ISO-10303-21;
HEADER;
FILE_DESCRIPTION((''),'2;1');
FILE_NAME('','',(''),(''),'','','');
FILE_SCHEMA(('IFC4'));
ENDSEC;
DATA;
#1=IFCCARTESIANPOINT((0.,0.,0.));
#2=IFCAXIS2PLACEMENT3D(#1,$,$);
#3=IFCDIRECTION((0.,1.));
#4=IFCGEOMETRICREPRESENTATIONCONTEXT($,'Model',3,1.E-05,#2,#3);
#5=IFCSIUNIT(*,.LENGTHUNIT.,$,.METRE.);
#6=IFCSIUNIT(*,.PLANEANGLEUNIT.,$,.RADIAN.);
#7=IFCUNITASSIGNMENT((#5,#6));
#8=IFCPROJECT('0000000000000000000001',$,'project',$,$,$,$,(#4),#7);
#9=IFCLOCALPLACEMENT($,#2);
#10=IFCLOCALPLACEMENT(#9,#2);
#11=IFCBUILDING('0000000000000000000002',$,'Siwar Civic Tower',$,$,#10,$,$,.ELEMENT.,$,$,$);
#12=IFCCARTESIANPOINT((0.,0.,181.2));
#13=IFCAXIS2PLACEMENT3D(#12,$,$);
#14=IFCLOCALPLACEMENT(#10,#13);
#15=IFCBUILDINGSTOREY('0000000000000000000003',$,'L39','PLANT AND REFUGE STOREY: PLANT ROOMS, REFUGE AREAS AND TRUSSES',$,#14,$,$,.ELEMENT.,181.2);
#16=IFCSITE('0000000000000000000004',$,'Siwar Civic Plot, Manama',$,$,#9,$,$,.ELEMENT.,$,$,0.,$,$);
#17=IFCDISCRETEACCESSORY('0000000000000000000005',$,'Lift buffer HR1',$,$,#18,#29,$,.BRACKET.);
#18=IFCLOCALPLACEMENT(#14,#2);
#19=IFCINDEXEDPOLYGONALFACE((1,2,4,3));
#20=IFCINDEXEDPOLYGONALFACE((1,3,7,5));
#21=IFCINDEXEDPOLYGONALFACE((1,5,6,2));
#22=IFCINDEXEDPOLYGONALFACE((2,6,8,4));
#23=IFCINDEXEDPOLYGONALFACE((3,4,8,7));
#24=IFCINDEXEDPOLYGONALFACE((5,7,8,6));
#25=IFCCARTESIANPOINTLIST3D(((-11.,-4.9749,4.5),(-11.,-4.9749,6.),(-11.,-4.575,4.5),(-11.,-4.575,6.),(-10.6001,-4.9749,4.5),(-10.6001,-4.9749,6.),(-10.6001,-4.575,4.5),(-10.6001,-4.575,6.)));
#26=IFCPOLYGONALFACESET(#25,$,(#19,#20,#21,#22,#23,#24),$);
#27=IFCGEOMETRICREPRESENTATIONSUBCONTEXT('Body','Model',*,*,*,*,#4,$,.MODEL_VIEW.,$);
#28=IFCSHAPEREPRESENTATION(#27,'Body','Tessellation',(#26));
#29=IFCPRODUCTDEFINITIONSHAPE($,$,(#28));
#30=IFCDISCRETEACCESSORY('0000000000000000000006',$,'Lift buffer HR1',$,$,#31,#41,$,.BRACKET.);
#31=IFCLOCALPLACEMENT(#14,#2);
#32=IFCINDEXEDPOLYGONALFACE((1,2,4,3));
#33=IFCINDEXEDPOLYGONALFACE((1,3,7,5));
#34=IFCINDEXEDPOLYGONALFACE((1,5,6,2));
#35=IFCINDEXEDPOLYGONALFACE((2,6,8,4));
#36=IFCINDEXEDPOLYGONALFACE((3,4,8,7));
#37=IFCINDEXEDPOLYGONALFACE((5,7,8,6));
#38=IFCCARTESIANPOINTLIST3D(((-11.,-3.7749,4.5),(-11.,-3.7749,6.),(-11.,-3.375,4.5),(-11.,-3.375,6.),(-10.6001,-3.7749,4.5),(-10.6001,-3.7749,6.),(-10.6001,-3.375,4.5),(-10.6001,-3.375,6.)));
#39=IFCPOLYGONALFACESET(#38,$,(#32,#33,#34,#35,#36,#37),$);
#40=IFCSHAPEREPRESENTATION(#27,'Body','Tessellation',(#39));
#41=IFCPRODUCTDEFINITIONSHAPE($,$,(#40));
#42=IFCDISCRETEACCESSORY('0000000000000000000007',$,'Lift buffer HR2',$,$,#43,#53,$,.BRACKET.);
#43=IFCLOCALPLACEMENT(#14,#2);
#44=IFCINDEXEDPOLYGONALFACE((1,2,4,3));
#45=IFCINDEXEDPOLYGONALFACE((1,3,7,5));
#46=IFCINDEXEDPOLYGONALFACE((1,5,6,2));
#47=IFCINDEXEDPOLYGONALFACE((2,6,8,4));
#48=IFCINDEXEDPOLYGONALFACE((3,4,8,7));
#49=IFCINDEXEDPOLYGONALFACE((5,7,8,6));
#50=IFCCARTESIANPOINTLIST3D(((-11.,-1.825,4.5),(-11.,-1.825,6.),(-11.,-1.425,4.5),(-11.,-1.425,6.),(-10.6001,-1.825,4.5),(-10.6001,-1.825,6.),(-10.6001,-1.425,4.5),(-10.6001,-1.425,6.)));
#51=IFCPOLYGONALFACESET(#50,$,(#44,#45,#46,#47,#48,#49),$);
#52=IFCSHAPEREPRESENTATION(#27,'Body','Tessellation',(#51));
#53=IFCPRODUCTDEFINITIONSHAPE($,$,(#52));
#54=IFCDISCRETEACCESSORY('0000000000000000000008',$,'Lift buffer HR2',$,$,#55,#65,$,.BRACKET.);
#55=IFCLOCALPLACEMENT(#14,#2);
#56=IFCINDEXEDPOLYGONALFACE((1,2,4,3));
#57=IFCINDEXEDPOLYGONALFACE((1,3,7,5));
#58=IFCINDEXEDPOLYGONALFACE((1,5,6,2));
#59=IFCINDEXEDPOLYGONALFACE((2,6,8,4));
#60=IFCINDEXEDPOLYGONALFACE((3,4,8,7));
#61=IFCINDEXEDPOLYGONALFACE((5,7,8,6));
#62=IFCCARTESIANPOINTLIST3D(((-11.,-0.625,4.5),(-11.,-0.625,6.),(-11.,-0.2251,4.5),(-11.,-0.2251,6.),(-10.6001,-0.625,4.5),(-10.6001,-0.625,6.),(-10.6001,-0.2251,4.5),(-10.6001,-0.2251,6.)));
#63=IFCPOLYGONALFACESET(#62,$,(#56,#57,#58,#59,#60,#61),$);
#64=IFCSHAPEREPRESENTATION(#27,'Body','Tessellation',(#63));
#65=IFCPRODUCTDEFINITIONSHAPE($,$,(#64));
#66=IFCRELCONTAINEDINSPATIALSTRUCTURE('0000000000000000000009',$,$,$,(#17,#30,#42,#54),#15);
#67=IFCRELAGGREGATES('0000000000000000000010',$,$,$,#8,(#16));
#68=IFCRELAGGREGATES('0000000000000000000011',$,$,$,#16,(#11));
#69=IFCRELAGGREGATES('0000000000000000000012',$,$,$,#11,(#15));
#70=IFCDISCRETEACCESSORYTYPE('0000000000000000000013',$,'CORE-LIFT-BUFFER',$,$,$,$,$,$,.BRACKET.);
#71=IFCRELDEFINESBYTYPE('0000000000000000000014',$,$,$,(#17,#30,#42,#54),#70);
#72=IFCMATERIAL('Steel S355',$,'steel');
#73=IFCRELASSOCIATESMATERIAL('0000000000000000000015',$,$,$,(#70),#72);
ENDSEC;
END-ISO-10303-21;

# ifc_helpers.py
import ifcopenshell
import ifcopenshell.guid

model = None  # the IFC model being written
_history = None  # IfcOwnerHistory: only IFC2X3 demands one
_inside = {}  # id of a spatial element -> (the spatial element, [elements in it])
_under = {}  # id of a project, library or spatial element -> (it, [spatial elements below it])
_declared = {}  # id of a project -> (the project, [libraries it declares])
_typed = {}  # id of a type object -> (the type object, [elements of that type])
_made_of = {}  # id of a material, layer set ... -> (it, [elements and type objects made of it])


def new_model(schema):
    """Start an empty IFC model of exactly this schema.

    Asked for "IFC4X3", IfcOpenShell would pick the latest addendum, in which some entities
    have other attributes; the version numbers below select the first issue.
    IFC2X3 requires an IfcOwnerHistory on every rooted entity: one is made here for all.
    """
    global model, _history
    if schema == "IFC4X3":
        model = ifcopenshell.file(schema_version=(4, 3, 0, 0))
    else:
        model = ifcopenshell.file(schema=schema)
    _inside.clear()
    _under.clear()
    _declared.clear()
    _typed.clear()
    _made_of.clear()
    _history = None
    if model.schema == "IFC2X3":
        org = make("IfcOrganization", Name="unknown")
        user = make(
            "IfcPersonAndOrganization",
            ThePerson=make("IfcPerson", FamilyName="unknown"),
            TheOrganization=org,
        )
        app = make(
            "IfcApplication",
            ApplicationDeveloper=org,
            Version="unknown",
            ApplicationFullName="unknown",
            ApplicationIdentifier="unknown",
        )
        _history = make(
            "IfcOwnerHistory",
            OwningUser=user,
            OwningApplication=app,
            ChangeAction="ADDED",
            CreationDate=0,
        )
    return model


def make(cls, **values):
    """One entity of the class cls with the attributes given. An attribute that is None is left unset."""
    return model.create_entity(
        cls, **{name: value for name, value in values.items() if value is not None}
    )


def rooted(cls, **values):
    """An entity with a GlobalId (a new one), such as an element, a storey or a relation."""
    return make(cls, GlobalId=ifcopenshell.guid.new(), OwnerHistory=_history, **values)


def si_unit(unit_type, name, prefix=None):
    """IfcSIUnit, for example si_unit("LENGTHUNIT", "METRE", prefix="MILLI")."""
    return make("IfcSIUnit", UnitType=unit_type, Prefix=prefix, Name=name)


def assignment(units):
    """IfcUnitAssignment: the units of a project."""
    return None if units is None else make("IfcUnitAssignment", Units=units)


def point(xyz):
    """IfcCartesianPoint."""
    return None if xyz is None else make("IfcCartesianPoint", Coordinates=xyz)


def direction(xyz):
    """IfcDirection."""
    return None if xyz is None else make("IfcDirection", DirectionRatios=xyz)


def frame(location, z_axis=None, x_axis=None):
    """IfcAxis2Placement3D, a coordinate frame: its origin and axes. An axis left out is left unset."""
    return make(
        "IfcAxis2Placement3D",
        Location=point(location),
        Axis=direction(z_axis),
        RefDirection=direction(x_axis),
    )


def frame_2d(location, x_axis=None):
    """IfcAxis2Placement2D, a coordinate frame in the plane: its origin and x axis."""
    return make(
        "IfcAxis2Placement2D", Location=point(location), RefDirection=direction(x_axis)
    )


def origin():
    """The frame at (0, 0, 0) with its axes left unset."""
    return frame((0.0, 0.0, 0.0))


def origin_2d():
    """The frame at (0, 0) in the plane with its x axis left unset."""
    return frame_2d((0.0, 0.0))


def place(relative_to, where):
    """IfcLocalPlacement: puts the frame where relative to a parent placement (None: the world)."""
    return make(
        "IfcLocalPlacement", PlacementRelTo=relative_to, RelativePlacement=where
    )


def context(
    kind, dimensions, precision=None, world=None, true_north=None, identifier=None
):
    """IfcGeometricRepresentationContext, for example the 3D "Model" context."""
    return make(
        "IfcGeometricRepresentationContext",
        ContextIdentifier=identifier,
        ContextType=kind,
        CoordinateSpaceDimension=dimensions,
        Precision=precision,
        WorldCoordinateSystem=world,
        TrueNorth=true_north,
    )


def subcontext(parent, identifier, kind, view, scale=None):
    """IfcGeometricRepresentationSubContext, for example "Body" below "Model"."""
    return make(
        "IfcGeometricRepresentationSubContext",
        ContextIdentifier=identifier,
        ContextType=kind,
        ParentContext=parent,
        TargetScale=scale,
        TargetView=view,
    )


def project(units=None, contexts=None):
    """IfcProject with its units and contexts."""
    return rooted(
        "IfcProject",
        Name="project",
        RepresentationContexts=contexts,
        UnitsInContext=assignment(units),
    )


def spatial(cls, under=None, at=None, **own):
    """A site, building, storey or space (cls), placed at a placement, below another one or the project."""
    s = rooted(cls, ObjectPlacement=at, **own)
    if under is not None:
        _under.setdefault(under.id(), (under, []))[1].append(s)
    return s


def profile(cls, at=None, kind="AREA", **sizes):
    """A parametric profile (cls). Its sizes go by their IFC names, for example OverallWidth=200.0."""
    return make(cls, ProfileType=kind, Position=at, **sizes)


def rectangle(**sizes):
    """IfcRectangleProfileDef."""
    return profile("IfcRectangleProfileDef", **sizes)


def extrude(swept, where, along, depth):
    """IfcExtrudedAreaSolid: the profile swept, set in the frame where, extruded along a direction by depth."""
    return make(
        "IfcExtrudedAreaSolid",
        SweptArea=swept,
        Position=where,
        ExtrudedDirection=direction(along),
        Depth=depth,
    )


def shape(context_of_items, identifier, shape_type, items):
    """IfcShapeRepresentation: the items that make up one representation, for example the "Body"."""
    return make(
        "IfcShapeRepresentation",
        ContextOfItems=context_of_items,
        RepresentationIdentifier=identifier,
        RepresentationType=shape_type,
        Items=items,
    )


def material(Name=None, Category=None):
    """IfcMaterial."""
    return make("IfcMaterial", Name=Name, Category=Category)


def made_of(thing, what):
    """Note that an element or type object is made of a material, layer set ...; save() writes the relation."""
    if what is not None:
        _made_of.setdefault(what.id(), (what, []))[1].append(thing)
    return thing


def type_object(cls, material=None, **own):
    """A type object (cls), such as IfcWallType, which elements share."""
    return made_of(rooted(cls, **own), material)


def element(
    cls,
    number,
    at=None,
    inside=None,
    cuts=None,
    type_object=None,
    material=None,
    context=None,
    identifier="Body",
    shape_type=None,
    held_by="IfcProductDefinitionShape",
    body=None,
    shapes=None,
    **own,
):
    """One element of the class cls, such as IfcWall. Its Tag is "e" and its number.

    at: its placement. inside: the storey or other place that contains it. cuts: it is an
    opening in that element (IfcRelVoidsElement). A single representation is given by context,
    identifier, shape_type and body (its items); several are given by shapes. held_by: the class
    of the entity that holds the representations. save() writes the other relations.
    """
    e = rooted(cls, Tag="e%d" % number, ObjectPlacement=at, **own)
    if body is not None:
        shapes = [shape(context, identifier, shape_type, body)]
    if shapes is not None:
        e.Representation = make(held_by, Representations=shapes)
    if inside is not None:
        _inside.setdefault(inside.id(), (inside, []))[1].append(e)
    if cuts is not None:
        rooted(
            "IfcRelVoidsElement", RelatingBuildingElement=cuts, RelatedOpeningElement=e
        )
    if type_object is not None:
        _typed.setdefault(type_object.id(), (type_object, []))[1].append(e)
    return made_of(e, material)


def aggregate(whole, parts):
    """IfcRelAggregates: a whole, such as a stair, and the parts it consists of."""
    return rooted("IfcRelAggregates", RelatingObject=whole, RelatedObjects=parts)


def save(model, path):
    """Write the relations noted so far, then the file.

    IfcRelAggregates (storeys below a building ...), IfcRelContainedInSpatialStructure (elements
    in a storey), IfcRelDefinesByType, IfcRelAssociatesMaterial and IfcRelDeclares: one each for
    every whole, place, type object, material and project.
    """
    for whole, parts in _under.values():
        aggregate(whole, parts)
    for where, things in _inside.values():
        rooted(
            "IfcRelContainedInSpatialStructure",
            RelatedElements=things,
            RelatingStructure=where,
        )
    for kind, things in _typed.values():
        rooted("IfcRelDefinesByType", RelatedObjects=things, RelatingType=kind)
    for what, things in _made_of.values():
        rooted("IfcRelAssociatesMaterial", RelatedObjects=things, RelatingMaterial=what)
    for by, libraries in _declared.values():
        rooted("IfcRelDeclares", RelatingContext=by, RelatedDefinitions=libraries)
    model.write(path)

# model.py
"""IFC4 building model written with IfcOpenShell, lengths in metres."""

from ifc_helpers import new_model, si_unit, direction, frame, origin, origin_2d, place, context, subcontext, project, spatial, rectangle, extrude, material, type_object, element, save


model = new_model("IFC4")

# Units and contexts
model_context = context("Model", 3, precision=1e-05, world=origin(), true_north=direction((0.0, 1.0)))
body_context = subcontext(model_context, "Body", "Model", "MODEL_VIEW")
ifc_project = project(units=[si_unit("LENGTHUNIT", "METRE"), si_unit("PLANEANGLEUNIT", "RADIAN")], contexts=[model_context])

# Site, building, storey
site_placement = place(None, origin())
site = spatial("IfcSite", under=ifc_project, at=site_placement, Name="Siwar Civic Plot, Manama", CompositionType="ELEMENT", RefElevation=0.0)
building_placement = place(site_placement, origin())
building = spatial("IfcBuilding", under=site, at=building_placement, Name="Siwar Civic Tower", CompositionType="ELEMENT")
storey_placement = place(building_placement, frame((0.0, 0.0, 181.2)))
storey = spatial("IfcBuildingStorey", under=building, at=storey_placement, Name="L39", Description="PLANT AND REFUGE STOREY: PLANT ROOMS, REFUGE AREAS AND TRUSSES", CompositionType="ELEMENT", Elevation=181.2)

# Discrete accessories
ifc_material_1 = material(Name="Steel S355", Category="steel")
discrete_accessory_type = type_object("IfcDiscreteAccessoryType", Name="CORE-LIFT-BUFFER", PredefinedType="BRACKET", material=ifc_material_1)
for number, where, z_axis, x_axis, name in (
    (1, (-10.8, -4.7749, 4.5), (0.0, 0.0, 1.0), (1.0, 0.0, 0.0), "Lift buffer HR1"),
    (2, (-10.8, -3.575, 4.5), (0.0, 0.0, 1.0), (1.0, 0.0, 0.0), "Lift buffer HR1"),
    (3, (-10.8, -1.625, 4.5), (0.0, 0.0, 1.0), (1.0, 0.0, 0.0), "Lift buffer HR2"),
    (4, (-10.8, -0.425, 4.5), (0.0, 0.0, 1.0), (1.0, 0.0, 0.0), "Lift buffer HR2"),
):
    element("IfcDiscreteAccessory", number, at=place(storey_placement, frame(where, z_axis=z_axis, x_axis=x_axis)), inside=storey, type_object=discrete_accessory_type, Name=name, PredefinedType="BRACKET", context=body_context, shape_type="SweptSolid", body=[
        extrude(rectangle(XDim=0.3999, YDim=0.3999, at=origin_2d()), origin(), (0.0, 0.0, 1.0), 1.5),
    ])

save(model, "model.ifc")
